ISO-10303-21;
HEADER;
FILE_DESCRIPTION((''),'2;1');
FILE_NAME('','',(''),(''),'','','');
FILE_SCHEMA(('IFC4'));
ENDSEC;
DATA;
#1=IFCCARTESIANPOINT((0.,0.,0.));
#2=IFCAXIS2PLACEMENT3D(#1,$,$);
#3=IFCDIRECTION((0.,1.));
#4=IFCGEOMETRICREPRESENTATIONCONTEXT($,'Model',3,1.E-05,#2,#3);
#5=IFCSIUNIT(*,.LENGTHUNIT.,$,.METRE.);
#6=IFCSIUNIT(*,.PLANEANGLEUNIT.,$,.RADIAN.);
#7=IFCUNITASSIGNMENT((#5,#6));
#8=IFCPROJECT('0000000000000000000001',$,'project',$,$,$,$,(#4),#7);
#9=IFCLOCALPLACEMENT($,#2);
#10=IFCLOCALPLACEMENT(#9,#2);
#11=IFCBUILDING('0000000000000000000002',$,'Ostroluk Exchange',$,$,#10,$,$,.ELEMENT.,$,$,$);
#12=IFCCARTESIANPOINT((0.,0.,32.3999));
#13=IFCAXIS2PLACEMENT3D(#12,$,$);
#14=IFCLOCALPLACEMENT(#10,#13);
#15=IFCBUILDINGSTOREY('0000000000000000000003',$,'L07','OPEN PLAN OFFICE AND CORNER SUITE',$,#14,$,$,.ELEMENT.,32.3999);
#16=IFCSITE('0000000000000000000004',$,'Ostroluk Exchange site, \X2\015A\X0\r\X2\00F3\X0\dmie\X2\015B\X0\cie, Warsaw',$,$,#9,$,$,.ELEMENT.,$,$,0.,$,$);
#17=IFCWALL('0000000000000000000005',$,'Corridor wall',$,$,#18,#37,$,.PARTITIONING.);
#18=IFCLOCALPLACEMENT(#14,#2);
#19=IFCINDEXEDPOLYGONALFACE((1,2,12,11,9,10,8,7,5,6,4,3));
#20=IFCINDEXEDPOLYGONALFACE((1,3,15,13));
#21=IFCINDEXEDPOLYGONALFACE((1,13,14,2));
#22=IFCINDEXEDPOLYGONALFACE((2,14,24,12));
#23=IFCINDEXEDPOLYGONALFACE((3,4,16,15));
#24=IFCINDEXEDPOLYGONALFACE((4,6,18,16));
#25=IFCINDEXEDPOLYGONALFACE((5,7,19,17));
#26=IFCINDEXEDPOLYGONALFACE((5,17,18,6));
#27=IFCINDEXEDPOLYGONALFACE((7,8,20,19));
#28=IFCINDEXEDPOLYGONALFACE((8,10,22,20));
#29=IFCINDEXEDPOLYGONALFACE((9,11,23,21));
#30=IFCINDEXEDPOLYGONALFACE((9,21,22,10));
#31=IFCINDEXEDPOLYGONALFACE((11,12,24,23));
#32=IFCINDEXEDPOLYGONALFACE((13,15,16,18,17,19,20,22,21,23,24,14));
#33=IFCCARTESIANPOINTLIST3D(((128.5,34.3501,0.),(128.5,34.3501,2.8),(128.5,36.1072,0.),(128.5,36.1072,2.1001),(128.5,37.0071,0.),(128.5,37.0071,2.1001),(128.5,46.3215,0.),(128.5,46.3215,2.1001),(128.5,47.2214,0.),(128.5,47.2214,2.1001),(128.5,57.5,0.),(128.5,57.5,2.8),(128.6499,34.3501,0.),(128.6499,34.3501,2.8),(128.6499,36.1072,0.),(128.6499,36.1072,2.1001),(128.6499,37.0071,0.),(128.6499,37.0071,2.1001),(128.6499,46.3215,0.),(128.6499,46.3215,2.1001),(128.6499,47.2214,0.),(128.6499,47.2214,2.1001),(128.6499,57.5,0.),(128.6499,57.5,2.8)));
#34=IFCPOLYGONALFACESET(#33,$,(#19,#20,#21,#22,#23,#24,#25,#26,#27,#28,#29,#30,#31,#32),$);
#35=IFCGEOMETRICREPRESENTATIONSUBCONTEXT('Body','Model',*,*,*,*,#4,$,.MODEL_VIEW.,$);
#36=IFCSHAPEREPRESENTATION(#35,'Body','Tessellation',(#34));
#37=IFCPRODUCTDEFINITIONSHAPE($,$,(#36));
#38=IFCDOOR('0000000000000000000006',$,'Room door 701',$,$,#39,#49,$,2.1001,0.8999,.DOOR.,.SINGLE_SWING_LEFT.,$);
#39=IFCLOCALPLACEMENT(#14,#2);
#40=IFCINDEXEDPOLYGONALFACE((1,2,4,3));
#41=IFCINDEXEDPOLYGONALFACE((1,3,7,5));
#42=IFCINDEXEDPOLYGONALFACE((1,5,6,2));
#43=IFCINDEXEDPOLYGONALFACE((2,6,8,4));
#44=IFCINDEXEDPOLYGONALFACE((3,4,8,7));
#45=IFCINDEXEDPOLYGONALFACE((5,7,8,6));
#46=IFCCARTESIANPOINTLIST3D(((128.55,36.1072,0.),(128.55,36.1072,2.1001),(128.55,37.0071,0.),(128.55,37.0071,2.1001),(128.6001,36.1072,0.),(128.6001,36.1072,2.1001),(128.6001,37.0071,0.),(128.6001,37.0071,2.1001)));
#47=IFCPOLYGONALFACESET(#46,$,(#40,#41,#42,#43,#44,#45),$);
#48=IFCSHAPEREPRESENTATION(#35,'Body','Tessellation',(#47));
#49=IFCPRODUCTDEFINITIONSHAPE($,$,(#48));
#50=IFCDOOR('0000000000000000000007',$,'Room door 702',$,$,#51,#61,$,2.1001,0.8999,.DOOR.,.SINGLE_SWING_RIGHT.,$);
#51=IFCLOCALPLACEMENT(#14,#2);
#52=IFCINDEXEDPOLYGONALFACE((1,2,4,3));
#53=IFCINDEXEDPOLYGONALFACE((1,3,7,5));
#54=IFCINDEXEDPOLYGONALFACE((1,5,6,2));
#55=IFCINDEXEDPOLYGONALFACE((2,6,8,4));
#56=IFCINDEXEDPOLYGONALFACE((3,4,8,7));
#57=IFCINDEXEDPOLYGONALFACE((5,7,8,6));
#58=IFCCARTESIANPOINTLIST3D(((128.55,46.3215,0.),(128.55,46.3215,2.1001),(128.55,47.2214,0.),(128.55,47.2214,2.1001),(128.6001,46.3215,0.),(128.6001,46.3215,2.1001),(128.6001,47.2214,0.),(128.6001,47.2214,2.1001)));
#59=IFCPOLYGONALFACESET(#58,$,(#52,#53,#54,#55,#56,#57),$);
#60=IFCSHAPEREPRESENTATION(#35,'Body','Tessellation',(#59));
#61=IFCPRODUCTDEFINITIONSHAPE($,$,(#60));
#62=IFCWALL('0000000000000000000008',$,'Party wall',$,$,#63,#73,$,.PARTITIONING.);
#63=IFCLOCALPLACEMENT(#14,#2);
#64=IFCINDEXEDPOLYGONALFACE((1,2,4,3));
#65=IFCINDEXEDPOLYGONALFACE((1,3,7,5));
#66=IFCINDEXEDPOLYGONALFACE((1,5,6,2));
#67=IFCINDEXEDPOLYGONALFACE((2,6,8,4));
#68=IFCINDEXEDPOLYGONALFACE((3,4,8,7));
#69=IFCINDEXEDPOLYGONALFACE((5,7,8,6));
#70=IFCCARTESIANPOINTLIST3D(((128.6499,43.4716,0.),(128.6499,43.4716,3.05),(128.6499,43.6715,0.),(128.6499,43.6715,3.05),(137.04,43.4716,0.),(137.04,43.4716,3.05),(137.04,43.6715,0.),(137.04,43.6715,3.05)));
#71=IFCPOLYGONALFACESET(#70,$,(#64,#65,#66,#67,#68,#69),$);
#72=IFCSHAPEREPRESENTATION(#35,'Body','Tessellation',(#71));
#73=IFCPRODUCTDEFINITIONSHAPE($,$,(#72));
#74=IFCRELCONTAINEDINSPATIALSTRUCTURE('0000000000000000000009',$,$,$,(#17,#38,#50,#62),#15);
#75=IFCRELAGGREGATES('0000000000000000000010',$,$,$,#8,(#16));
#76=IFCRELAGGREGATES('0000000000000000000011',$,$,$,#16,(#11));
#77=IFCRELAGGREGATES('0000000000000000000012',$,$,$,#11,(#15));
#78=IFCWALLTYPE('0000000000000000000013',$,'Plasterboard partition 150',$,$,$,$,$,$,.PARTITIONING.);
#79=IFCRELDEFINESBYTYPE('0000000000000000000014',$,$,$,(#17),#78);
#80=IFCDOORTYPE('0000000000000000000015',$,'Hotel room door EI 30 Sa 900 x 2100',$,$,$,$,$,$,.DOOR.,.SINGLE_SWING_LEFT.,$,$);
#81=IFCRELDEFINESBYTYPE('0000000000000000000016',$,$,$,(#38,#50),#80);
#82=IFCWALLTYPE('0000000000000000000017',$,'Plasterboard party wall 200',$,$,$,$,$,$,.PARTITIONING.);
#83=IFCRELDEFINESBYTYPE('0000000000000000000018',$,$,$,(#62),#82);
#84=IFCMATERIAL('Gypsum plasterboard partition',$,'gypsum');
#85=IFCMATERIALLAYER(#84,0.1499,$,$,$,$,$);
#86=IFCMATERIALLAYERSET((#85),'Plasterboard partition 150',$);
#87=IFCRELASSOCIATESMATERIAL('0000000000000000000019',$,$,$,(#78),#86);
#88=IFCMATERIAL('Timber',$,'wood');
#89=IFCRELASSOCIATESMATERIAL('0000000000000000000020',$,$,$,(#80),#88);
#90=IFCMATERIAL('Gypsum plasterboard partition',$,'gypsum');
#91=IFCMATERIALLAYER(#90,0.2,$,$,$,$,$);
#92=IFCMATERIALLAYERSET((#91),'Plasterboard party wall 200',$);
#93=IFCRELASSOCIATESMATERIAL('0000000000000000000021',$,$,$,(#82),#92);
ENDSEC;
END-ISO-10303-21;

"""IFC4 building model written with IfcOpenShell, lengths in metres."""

from ifc_helpers import new_model, si_unit, direction, frame, frame_2d, origin, place, context, subcontext, project, spatial, rectangle, extrude, material, layer, layer_set, type_object, element, fill, save


model = new_model("IFC4")

# Units and contexts
model_context = context("Model", 3, precision=1e-05, world=origin(), true_north=direction((0.0, 1.0)))
body_context = subcontext(model_context, "Body", "Model", "MODEL_VIEW")
ifc_project = project(units=[si_unit("LENGTHUNIT", "METRE"), si_unit("PLANEANGLEUNIT", "RADIAN")], contexts=[model_context])

# Site, building, storey
site_placement = place(None, origin())
site = spatial("IfcSite", under=ifc_project, at=site_placement, Name="Ostroluk Exchange site, Śródmieście, Warsaw", CompositionType="ELEMENT", RefElevation=0.0)
building_placement = place(site_placement, origin())
building = spatial("IfcBuilding", under=site, at=building_placement, Name="Ostroluk Exchange", CompositionType="ELEMENT")
storey_placement = place(building_placement, frame((0.0, 0.0, 32.3999)))
storey = spatial("IfcBuildingStorey", under=building, at=storey_placement, Name="L07", Description="OPEN PLAN OFFICE AND CORNER SUITE", CompositionType="ELEMENT", Elevation=32.3999)

# Wall, openings, doors
ifc_material_1 = material(Name="Gypsum plasterboard partition", Category="gypsum")
ifc_layer_1 = layer(ifc_material_1, 0.1499)
ifc_layer_set_1 = layer_set([ifc_layer_1], Name="Plasterboard partition 150")
wall_type_1 = type_object("IfcWallType", Name="Plasterboard partition 150", PredefinedType="PARTITIONING", material=ifc_layer_set_1)
wall_1_placement = place(storey_placement, frame((128.575, 34.3501, 0.0), z_axis=(0.0, 0.0, 1.0), x_axis=(0.0, 1.0, 0.0)))
wall_1 = element("IfcWall", 1, at=wall_1_placement, inside=storey, type_object=wall_type_1, Name="Corridor wall", PredefinedType="PARTITIONING", context=body_context, shape_type="SweptSolid", body=[
    extrude(rectangle(XDim=23.1499, YDim=0.1499, at=frame_2d((11.575, 0.0))), origin(), (0.0, 0.0, 1.0), 2.8),
])
opening_1_placement = place(wall_1_placement, frame((1.7571, 0.0, 0.0)))
opening_1 = element("IfcOpeningElement", 2, at=opening_1_placement, cuts=wall_1, PredefinedType="OPENING", context=body_context, shape_type="SweptSolid", body=[
    extrude(rectangle(XDim=0.8999, YDim=2.1001, at=frame_2d((0.45, 1.05))), frame((0.0, 0.085, 0.0), z_axis=(0.0, -1.0, 0.0), x_axis=(1.0, 0.0, 0.0)), (0.0, 0.0, 1.0), 0.1699),
])
opening_2_placement = place(wall_1_placement, frame((11.9714, 0.0, 0.0)))
opening_2 = element("IfcOpeningElement", 3, at=opening_2_placement, cuts=wall_1, PredefinedType="OPENING", context=body_context, shape_type="SweptSolid", body=[
    extrude(rectangle(XDim=0.8999, YDim=2.1001, at=frame_2d((0.45, 1.05))), frame((0.0, 0.085, 0.0), z_axis=(0.0, -1.0, 0.0), x_axis=(1.0, 0.0, 0.0)), (0.0, 0.0, 1.0), 0.1699),
])
ifc_material_2 = material(Name="Timber", Category="wood")
door_type_1 = type_object("IfcDoorType", Name="Hotel room door EI 30 Sa 900 x 2100", OperationType="SINGLE_SWING_LEFT", PredefinedType="DOOR", material=ifc_material_2)
door_1_placement = place(opening_1_placement, origin())
door_1 = element("IfcDoor", 4, at=door_1_placement, inside=storey, type_object=door_type_1, Name="Room door 701", OperationType="SINGLE_SWING_LEFT", OverallHeight=2.1001, OverallWidth=0.8999, PredefinedType="DOOR", context=body_context, shape_type="SweptSolid", body=[
    extrude(rectangle(XDim=0.8999, YDim=2.1001, at=frame_2d((0.45, 1.05))), frame((0.0, 0.0249, 0.0), z_axis=(0.0, -1.0, 0.0), x_axis=(1.0, 0.0, 0.0)), (0.0, 0.0, 1.0), 0.05),
])
fill(opening_1, door_1)
door_2_placement = place(opening_2_placement, origin())
door_2 = element("IfcDoor", 5, at=door_2_placement, inside=storey, type_object=door_type_1, Name="Room door 702", OperationType="SINGLE_SWING_RIGHT", OverallHeight=2.1001, OverallWidth=0.8999, PredefinedType="DOOR", context=body_context, shape_type="SweptSolid", body=[
    extrude(rectangle(XDim=0.8999, YDim=2.1001, at=frame_2d((0.45, 1.05))), frame((0.0, 0.0249, 0.0), z_axis=(0.0, -1.0, 0.0), x_axis=(1.0, 0.0, 0.0)), (0.0, 0.0, 1.0), 0.05),
])
fill(opening_2, door_2)

# Wall
ifc_material_3 = material(Name="Gypsum plasterboard partition", Category="gypsum")
ifc_layer_2 = layer(ifc_material_3, 0.2)
ifc_layer_set_2 = layer_set([ifc_layer_2], Name="Plasterboard party wall 200")
wall_type_2 = type_object("IfcWallType", Name="Plasterboard party wall 200", PredefinedType="PARTITIONING", material=ifc_layer_set_2)
wall_2_placement = place(storey_placement, frame((128.6499, 43.5715, 0.0), z_axis=(0.0, 0.0, 1.0), x_axis=(1.0, 0.0, 0.0)))
element("IfcWall", 6, at=wall_2_placement, inside=storey, type_object=wall_type_2, Name="Party wall", PredefinedType="PARTITIONING", context=body_context, shape_type="SweptSolid", body=[
    extrude(rectangle(XDim=8.3901, YDim=0.2, at=frame_2d((4.1951, 0.0))), origin(), (0.0, 0.0, 1.0), 3.05),
])

save(model, "model.ifc")
